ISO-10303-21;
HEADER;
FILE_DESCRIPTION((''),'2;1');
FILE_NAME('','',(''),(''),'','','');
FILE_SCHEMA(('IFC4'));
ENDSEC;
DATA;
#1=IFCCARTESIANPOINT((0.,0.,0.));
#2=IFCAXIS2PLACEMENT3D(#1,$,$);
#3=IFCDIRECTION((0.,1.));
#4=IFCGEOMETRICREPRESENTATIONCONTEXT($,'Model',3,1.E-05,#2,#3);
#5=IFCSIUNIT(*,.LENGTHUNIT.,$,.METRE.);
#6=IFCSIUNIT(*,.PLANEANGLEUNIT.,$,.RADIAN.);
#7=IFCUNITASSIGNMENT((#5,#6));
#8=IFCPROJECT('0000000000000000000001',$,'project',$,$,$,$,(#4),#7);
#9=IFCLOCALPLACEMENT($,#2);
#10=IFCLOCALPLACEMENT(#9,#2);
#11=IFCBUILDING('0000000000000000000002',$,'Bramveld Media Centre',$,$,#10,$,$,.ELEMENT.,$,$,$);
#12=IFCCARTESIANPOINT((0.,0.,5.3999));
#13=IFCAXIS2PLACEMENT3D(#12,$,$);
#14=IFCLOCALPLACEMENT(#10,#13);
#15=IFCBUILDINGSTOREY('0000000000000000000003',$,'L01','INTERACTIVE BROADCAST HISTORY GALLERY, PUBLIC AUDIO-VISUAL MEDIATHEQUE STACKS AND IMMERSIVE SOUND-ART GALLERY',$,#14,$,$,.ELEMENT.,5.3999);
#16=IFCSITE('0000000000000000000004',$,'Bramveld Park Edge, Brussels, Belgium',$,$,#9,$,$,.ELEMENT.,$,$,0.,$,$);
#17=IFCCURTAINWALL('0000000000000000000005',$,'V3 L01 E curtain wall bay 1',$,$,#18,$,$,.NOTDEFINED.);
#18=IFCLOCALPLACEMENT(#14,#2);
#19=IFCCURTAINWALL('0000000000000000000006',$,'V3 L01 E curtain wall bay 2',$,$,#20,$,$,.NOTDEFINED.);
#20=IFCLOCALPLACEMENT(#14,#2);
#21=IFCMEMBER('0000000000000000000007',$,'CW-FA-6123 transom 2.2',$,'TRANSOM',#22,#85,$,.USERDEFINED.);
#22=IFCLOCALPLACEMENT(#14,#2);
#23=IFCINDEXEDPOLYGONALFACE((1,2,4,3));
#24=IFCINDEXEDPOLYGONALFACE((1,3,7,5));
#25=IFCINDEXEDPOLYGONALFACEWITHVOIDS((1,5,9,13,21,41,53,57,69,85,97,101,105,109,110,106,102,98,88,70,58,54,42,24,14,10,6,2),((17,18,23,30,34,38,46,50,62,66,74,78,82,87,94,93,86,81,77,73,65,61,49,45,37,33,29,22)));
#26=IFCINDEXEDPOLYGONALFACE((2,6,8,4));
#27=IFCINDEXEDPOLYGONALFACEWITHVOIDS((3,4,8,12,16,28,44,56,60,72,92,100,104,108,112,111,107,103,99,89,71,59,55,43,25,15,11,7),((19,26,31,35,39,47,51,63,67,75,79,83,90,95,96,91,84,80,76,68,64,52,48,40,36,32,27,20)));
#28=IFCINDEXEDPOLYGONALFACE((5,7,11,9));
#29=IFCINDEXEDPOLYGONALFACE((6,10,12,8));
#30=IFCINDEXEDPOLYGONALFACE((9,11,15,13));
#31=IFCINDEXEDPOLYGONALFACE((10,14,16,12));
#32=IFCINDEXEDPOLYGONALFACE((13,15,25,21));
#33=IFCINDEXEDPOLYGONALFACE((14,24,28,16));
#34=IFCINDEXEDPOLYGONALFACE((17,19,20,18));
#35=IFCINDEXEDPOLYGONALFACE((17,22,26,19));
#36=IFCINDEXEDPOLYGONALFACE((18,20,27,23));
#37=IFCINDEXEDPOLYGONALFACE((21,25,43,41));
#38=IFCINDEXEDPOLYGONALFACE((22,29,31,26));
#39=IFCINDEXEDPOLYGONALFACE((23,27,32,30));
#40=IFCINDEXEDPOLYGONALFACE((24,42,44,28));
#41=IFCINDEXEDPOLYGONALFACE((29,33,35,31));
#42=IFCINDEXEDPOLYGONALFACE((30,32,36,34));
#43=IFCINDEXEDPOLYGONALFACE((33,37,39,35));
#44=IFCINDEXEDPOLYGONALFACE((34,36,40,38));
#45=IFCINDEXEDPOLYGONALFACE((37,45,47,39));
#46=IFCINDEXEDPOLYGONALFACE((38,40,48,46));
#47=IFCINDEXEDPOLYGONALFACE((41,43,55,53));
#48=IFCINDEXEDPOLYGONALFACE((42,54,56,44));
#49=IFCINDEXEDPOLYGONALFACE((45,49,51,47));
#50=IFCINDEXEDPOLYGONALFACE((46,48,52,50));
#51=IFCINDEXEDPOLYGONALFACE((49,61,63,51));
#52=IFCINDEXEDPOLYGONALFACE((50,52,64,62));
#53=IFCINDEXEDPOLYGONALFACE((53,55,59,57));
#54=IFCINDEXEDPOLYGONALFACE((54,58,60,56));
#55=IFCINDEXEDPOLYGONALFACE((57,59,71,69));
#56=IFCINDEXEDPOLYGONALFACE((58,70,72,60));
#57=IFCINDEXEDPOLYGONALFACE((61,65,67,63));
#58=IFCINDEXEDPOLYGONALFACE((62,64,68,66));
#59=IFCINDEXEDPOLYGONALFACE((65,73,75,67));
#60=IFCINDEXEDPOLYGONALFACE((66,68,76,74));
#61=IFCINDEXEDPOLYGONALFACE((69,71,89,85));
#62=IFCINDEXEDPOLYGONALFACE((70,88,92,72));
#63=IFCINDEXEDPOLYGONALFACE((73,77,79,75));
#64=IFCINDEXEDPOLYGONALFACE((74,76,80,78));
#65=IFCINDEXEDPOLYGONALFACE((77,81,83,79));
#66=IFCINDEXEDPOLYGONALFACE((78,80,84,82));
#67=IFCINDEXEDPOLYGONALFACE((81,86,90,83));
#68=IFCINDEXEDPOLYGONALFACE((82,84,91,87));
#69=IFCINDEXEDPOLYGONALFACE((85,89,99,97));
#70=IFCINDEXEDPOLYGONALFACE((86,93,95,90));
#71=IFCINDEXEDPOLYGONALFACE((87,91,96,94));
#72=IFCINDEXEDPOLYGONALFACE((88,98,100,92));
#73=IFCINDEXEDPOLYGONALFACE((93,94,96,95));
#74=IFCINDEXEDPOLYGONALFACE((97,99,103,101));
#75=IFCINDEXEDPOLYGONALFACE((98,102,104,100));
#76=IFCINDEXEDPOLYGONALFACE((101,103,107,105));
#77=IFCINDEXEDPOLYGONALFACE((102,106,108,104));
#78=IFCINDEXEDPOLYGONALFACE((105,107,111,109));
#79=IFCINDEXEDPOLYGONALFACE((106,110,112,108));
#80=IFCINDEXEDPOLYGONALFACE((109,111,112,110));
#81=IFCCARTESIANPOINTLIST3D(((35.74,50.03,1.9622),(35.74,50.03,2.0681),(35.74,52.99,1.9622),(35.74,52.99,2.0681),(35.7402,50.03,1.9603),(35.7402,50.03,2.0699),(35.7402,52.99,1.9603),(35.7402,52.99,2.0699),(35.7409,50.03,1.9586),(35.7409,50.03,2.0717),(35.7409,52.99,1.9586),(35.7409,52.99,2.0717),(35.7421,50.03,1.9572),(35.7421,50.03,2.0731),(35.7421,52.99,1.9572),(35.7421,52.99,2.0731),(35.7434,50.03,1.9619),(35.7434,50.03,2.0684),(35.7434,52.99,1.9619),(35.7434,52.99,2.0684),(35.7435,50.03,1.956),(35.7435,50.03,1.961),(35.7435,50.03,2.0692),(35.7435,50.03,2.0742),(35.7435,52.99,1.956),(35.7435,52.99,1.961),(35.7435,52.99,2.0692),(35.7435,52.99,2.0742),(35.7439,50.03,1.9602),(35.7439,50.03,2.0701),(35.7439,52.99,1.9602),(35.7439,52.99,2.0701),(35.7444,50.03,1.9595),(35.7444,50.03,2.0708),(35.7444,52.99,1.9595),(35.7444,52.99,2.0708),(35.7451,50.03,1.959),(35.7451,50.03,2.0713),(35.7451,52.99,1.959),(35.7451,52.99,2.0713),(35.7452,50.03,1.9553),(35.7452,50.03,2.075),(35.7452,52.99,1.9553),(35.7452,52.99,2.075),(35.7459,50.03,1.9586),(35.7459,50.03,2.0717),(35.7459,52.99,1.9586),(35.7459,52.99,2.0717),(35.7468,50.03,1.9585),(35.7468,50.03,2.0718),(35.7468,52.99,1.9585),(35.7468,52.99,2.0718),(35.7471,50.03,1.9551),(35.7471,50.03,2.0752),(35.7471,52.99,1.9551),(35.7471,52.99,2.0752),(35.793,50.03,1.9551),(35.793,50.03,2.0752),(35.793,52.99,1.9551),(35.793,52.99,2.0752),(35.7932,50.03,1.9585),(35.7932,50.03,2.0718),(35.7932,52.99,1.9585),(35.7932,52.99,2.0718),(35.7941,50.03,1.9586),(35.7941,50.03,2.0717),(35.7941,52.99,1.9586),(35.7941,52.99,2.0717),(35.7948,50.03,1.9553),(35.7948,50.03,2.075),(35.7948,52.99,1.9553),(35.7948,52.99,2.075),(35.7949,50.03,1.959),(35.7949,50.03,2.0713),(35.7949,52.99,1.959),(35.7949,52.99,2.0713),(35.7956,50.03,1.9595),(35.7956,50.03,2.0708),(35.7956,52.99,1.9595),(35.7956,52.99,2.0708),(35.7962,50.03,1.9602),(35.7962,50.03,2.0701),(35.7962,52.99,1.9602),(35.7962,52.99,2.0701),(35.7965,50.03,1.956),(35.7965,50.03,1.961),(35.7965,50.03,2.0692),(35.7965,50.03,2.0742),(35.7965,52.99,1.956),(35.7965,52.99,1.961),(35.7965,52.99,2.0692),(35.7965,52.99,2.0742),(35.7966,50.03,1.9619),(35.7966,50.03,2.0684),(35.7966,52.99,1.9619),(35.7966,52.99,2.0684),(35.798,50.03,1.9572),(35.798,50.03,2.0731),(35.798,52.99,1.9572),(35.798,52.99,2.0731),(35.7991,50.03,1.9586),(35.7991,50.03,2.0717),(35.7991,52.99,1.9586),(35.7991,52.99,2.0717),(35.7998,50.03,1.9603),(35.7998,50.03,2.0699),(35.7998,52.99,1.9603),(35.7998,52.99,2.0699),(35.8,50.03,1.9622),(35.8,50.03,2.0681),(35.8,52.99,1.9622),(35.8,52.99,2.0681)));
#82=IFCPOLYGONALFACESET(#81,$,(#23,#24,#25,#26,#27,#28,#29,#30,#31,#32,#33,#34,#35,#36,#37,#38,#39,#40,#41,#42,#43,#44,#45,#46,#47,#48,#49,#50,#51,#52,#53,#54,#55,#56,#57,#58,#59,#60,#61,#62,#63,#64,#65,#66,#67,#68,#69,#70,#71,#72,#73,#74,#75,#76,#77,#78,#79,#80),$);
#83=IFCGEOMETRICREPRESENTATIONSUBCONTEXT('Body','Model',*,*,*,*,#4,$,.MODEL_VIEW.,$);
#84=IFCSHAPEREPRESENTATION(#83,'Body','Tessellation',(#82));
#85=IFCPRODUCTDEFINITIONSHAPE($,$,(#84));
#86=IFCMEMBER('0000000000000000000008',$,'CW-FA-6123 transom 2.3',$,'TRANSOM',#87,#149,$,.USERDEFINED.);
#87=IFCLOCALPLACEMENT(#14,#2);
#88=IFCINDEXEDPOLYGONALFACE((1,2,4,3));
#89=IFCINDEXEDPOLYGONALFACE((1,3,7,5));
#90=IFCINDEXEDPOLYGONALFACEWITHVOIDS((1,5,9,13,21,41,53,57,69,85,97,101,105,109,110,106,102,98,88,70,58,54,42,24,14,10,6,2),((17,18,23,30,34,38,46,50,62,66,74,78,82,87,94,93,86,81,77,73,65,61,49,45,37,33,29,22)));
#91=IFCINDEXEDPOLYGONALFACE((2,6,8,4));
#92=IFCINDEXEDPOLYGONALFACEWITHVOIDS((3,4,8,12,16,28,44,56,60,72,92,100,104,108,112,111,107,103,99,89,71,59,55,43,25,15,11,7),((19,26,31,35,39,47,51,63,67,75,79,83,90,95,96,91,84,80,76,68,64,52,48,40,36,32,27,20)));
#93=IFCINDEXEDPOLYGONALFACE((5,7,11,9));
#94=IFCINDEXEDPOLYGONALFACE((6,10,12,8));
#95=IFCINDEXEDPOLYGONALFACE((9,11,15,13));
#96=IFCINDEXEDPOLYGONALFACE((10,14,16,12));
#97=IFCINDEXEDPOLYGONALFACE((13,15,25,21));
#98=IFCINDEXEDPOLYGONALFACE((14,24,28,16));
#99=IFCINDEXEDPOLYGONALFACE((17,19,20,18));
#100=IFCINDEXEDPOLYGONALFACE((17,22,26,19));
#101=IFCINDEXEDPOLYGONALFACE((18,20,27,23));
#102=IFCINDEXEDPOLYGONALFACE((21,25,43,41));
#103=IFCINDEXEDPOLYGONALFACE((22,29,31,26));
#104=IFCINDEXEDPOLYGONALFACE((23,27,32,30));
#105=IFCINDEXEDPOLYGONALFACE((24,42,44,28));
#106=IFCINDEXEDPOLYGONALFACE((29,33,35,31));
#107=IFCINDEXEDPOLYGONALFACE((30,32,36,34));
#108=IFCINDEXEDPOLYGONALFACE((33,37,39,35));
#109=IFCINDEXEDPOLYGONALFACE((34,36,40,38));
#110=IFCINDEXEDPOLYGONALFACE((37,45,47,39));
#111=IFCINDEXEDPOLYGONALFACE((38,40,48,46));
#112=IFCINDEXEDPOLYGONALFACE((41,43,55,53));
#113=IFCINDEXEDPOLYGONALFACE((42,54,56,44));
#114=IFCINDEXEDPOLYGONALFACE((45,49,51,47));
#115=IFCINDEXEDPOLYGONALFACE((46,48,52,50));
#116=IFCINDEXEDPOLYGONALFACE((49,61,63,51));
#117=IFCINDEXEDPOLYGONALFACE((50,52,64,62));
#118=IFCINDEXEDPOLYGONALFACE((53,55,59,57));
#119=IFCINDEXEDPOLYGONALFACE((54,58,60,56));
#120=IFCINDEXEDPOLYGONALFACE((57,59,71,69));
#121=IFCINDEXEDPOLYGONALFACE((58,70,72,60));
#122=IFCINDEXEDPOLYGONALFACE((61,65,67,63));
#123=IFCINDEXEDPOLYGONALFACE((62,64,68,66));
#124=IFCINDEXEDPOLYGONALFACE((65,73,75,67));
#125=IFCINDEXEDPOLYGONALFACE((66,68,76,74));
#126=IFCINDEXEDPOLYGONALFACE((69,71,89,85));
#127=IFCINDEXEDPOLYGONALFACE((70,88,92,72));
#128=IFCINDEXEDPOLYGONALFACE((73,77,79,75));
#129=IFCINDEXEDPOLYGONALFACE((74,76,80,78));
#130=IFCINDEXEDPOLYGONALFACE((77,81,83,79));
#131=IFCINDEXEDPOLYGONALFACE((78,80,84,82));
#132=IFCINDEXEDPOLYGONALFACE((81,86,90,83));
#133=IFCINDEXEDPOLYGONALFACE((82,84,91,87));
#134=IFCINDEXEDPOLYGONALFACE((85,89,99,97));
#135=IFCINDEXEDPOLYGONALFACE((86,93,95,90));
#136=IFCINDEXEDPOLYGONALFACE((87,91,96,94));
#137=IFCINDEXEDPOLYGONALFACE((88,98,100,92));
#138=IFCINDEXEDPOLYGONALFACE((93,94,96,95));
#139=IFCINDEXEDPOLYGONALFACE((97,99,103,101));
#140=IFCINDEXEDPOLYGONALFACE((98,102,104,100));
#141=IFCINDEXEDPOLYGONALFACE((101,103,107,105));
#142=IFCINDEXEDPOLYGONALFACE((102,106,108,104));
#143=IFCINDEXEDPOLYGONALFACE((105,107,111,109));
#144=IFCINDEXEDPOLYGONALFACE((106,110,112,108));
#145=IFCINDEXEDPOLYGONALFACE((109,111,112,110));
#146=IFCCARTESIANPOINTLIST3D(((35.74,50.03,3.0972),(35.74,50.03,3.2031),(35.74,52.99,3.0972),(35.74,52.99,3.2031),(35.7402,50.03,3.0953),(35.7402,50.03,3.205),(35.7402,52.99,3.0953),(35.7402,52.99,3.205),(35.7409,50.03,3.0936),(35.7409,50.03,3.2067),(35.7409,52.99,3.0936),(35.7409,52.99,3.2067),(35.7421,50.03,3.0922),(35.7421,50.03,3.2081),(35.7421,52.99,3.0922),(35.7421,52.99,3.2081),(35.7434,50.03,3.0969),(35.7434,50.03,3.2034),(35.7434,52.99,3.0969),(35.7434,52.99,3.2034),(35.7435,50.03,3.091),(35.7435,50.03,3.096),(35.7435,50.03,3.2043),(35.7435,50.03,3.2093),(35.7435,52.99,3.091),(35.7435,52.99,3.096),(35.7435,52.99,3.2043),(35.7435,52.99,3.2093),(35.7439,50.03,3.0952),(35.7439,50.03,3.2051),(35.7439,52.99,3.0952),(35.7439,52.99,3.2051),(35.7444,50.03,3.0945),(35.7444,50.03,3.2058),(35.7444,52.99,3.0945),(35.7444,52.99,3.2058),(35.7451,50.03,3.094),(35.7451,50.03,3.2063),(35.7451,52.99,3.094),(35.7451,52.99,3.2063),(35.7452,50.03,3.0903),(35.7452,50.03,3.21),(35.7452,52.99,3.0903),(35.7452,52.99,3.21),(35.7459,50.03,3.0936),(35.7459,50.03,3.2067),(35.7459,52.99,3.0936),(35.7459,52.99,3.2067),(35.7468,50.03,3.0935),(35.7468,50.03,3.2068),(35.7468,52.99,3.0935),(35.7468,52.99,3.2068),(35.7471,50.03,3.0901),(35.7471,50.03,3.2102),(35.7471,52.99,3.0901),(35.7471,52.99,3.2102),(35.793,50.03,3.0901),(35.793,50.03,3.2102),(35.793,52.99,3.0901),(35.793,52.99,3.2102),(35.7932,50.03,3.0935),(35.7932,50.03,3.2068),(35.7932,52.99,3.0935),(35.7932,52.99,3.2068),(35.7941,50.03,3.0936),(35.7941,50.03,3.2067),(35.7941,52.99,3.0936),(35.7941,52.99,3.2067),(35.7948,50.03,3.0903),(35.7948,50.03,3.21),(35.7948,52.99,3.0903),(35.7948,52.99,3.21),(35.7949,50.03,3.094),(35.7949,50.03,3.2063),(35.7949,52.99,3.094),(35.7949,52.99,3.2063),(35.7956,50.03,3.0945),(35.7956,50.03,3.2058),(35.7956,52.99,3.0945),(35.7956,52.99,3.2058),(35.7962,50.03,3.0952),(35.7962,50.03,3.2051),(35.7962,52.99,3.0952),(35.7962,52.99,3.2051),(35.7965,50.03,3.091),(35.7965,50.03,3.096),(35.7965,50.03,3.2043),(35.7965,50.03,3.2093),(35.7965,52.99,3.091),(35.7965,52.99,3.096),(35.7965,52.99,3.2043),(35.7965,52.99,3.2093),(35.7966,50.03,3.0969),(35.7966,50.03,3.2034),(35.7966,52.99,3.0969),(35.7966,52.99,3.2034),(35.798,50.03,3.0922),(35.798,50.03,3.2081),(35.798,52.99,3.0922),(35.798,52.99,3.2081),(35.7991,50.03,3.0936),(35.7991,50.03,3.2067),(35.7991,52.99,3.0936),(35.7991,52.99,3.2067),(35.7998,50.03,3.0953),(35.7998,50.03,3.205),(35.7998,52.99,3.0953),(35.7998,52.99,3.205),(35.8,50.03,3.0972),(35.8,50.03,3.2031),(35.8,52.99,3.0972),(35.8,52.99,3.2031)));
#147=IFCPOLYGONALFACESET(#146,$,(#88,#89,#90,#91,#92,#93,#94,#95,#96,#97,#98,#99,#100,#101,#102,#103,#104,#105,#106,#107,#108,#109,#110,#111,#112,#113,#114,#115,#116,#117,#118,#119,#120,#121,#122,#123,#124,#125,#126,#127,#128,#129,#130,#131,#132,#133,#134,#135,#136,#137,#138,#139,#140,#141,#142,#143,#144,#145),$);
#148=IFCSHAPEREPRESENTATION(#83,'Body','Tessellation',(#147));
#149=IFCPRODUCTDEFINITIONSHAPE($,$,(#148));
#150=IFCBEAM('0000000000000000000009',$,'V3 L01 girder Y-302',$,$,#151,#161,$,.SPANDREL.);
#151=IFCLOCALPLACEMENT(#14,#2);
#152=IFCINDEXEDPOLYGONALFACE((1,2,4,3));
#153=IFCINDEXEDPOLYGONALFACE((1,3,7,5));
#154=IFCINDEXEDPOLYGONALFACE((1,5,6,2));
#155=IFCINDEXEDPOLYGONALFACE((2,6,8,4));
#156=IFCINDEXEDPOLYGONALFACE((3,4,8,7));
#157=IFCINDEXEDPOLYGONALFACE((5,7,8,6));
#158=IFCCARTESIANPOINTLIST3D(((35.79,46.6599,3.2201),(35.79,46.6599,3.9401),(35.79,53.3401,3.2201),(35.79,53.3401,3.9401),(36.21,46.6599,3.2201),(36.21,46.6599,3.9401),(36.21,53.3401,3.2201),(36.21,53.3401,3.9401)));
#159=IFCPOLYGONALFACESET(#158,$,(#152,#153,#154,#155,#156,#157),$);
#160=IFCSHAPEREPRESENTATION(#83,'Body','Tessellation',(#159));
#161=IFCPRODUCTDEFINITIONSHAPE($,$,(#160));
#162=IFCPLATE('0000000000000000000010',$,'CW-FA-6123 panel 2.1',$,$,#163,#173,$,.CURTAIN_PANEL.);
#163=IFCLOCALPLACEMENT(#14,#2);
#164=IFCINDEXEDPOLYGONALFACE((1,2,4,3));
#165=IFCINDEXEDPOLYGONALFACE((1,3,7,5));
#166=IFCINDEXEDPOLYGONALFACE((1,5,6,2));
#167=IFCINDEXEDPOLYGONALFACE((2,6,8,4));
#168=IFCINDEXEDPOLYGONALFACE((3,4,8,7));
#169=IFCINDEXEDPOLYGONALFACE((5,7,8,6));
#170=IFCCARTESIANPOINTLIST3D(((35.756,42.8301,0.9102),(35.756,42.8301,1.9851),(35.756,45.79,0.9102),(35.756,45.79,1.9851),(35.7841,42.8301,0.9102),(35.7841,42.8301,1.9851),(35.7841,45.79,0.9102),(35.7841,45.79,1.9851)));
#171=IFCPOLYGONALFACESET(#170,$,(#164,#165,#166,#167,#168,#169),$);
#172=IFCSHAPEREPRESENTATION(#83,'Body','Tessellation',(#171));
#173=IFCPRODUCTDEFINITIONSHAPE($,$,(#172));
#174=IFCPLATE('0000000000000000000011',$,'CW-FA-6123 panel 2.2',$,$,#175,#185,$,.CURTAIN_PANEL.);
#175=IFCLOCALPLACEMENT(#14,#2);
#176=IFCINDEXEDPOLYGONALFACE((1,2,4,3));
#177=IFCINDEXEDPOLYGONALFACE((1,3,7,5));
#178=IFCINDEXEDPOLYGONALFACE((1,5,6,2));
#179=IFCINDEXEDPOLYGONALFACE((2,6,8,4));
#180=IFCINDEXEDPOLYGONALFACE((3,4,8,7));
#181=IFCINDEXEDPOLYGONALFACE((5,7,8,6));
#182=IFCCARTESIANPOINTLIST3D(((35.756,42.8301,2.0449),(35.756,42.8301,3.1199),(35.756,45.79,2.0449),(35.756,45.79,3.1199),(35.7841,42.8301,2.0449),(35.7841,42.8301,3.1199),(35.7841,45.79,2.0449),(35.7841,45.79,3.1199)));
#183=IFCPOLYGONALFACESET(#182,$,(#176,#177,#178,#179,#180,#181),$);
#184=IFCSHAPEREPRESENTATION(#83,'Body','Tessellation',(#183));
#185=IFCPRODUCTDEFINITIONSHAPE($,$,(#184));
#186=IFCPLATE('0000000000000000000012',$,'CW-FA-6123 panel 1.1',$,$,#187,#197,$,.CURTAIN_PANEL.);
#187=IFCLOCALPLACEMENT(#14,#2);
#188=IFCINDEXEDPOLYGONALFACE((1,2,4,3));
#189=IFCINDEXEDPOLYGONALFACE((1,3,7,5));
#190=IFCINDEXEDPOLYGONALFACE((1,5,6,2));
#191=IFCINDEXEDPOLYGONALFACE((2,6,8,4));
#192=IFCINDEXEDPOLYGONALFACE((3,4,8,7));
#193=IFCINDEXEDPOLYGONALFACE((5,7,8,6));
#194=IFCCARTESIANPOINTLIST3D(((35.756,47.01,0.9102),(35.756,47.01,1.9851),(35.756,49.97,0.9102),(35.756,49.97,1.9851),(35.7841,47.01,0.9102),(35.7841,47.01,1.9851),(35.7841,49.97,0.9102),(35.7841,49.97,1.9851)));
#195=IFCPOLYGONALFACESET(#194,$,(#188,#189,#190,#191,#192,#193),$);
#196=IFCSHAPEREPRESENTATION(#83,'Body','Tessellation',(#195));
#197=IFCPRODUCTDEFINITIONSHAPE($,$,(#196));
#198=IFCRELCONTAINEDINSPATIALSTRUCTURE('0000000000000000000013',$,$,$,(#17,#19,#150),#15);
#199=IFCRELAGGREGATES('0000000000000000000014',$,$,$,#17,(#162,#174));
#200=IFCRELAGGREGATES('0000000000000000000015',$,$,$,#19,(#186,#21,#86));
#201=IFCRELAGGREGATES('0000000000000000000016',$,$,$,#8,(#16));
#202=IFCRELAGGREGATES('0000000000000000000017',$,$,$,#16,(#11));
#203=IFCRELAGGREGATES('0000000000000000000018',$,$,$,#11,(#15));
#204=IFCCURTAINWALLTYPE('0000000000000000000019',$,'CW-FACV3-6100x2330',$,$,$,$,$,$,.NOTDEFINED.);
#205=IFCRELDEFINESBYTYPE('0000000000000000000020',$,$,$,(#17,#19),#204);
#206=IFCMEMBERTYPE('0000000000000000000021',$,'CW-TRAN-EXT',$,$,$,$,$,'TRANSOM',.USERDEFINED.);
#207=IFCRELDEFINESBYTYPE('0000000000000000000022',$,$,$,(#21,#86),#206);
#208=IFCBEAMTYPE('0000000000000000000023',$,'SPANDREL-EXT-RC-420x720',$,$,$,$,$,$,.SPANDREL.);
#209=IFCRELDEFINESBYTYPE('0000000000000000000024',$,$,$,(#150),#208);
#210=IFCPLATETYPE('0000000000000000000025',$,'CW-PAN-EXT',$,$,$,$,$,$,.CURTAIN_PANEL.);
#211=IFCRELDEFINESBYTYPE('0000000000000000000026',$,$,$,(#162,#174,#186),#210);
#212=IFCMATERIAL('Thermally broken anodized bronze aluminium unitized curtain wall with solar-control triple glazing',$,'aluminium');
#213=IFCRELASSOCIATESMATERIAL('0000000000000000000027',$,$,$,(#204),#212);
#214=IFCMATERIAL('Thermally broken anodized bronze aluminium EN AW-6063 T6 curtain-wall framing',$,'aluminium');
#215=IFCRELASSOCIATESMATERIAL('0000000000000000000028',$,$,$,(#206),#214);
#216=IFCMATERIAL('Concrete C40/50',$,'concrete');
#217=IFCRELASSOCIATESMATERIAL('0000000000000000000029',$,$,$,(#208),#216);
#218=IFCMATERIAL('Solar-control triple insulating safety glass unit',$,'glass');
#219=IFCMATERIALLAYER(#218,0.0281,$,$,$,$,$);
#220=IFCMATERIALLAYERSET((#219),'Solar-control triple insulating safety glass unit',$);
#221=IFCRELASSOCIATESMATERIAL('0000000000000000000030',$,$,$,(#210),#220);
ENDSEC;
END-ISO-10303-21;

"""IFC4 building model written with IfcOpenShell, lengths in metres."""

from ifc_helpers import new_model, si_unit, direction, frame, origin, origin_2d, place, context, subcontext, project, spatial, rectangle, hollow_rectangle, extrude, material, layer, layer_set, material_profile, profile_set, type_object, element, aggregate, save


model = new_model("IFC4")

# Units and contexts
model_context = context("Model", 3, precision=1e-05, world=origin(), true_north=direction((0.0, 1.0)))
body_context = subcontext(model_context, "Body", "Model", "MODEL_VIEW")
ifc_project = project(units=[si_unit("LENGTHUNIT", "METRE"), si_unit("PLANEANGLEUNIT", "RADIAN")], contexts=[model_context])

# Site, building, storey
site_placement = place(None, origin())
site = spatial("IfcSite", under=ifc_project, at=site_placement, Name="Bramveld Park Edge, Brussels, Belgium", CompositionType="ELEMENT", RefElevation=0.0)
building_placement = place(site_placement, origin())
building = spatial("IfcBuilding", under=site, at=building_placement, Name="Bramveld Media Centre", CompositionType="ELEMENT")
storey_placement = place(building_placement, frame((0.0, 0.0, 5.3999)))
storey = spatial("IfcBuildingStorey", under=building, at=storey_placement, Name="L01", Description="INTERACTIVE BROADCAST HISTORY GALLERY, PUBLIC AUDIO-VISUAL MEDIATHEQUE STACKS AND IMMERSIVE SOUND-ART GALLERY", CompositionType="ELEMENT", Elevation=5.3999)

# Curtain walls
ifc_material_1 = material(Name="Thermally broken anodized bronze aluminium unitized curtain wall with solar-control triple glazing", Category="aluminium")
curtain_wall_type = type_object("IfcCurtainWallType", Name="CW-FACV3-6100x2330", PredefinedType="NOTDEFINED", material=ifc_material_1)
curtain_wall_1_placement = place(storey_placement, origin())
curtain_wall_1 = element("IfcCurtainWall", 1, at=curtain_wall_1_placement, inside=storey, type_object=curtain_wall_type, Name="V3 L01 E curtain wall bay 1", PredefinedType="NOTDEFINED")
curtain_wall_2_placement = place(storey_placement, origin())
curtain_wall_2 = element("IfcCurtainWall", 2, at=curtain_wall_2_placement, inside=storey, type_object=curtain_wall_type, Name="V3 L01 E curtain wall bay 2", PredefinedType="NOTDEFINED")

# Members
ifc_material_2 = material(Name="Thermally broken anodized bronze aluminium EN AW-6063 T6 curtain-wall framing", Category="aluminium")
ifc_material_profile_1 = material_profile(ifc_material_2, hollow_rectangle(XDim=0.0601, YDim=0.1201, WallThickness=0.0034, InnerFilletRadius=0.0034, OuterFilletRadius=0.0071, at=origin_2d()), Name="AL-TRAN 60x120")
ifc_profile_set_1 = profile_set([ifc_material_profile_1], Name="Thermally broken anodized bronze aluminium EN AW-6063 T6 curtain-wall framing")
member_type_1 = type_object("IfcMemberType", Name="CW-TRAN-EXT", ElementType="TRANSOM", PredefinedType="USERDEFINED", material=ifc_profile_set_1)
member_1_placement = place(storey_placement, frame((35.77, 50.03, 2.0151), z_axis=(0.0, 1.0, 0.0), x_axis=(-1.0, 0.0, 0.0)))
member_1 = element("IfcMember", 3, at=member_1_placement, type_object=member_type_1, Name="CW-FA-6123 transom 2.2", ObjectType="TRANSOM", PredefinedType="USERDEFINED", context=body_context, shape_type="SweptSolid", body=[
    extrude(hollow_rectangle(XDim=0.0601, YDim=0.1201, WallThickness=0.0034, InnerFilletRadius=0.0034, OuterFilletRadius=0.0071, at=origin_2d()), origin(), (0.0, 0.0, 1.0), 2.96),
])
member_2_placement = place(storey_placement, frame((35.77, 50.03, 3.1501), z_axis=(0.0, 1.0, 0.0), x_axis=(-1.0, 0.0, 0.0)))
member_2 = element("IfcMember", 4, at=member_2_placement, type_object=member_type_1, Name="CW-FA-6123 transom 2.3", ObjectType="TRANSOM", PredefinedType="USERDEFINED", context=body_context, shape_type="SweptSolid", body=[
    extrude(hollow_rectangle(XDim=0.0601, YDim=0.1201, WallThickness=0.0034, InnerFilletRadius=0.0034, OuterFilletRadius=0.0071, at=origin_2d()), origin(), (0.0, 0.0, 1.0), 2.96),
])

# Beam
ifc_material_3 = material(Name="Concrete C40/50", Category="concrete")
ifc_material_profile_2 = material_profile(ifc_material_3, rectangle(XDim=0.4199, YDim=0.72, at=origin_2d()), Name="RC 420x720")
ifc_profile_set_2 = profile_set([ifc_material_profile_2], Name="Concrete C40/50")
beam_type = type_object("IfcBeamType", Name="SPANDREL-EXT-RC-420x720", PredefinedType="SPANDREL", material=ifc_profile_set_2)
beam_placement = place(storey_placement, frame((36.0, 46.6599, 3.5801), z_axis=(0.0, 1.0, 0.0), x_axis=(-1.0, 0.0, 0.0)))
element("IfcBeam", 5, at=beam_placement, inside=storey, type_object=beam_type, Name="V3 L01 girder Y-302", PredefinedType="SPANDREL", context=body_context, shape_type="SweptSolid", body=[
    extrude(rectangle(XDim=0.4199, YDim=0.72, at=origin_2d()), origin(), (0.0, 0.0, 1.0), 6.6802),
])

# Plates
ifc_material_4 = material(Name="Solar-control triple insulating safety glass unit", Category="glass")
ifc_layer = layer(ifc_material_4, 0.0281)
ifc_layer_set = layer_set([ifc_layer], Name="Solar-control triple insulating safety glass unit")
plate_type = type_object("IfcPlateType", Name="CW-PAN-EXT", PredefinedType="CURTAIN_PANEL", material=ifc_layer_set)
plate_1_placement = place(storey_placement, frame((35.77, 44.3101, 0.9102), z_axis=(0.0, 0.0, 1.0), x_axis=(0.0, 1.0, 0.0)))
plate_1 = element("IfcPlate", 6, at=plate_1_placement, type_object=plate_type, Name="CW-FA-6123 panel 2.1", PredefinedType="CURTAIN_PANEL", context=body_context, shape_type="SweptSolid", body=[
    extrude(rectangle(XDim=2.96, YDim=0.0281, at=origin_2d()), origin(), (0.0, 0.0, 1.0), 1.075),
])
plate_2_placement = place(storey_placement, frame((35.77, 44.3101, 2.0449), z_axis=(0.0, 0.0, 1.0), x_axis=(0.0, 1.0, 0.0)))
plate_2 = element("IfcPlate", 7, at=plate_2_placement, type_object=plate_type, Name="CW-FA-6123 panel 2.2", PredefinedType="CURTAIN_PANEL", context=body_context, shape_type="SweptSolid", body=[
    extrude(rectangle(XDim=2.96, YDim=0.0281, at=origin_2d()), origin(), (0.0, 0.0, 1.0), 1.075),
])
aggregate(curtain_wall_1, [plate_1, plate_2])
plate_3_placement = place(storey_placement, frame((35.77, 48.49, 0.9102), z_axis=(0.0, 0.0, 1.0), x_axis=(0.0, 1.0, 0.0)))
plate_3 = element("IfcPlate", 8, at=plate_3_placement, type_object=plate_type, Name="CW-FA-6123 panel 1.1", PredefinedType="CURTAIN_PANEL", context=body_context, shape_type="SweptSolid", body=[
    extrude(rectangle(XDim=2.96, YDim=0.0281, at=origin_2d()), origin(), (0.0, 0.0, 1.0), 1.075),
])
aggregate(curtain_wall_2, [plate_3, member_1, member_2])

save(model, "model.ifc")
